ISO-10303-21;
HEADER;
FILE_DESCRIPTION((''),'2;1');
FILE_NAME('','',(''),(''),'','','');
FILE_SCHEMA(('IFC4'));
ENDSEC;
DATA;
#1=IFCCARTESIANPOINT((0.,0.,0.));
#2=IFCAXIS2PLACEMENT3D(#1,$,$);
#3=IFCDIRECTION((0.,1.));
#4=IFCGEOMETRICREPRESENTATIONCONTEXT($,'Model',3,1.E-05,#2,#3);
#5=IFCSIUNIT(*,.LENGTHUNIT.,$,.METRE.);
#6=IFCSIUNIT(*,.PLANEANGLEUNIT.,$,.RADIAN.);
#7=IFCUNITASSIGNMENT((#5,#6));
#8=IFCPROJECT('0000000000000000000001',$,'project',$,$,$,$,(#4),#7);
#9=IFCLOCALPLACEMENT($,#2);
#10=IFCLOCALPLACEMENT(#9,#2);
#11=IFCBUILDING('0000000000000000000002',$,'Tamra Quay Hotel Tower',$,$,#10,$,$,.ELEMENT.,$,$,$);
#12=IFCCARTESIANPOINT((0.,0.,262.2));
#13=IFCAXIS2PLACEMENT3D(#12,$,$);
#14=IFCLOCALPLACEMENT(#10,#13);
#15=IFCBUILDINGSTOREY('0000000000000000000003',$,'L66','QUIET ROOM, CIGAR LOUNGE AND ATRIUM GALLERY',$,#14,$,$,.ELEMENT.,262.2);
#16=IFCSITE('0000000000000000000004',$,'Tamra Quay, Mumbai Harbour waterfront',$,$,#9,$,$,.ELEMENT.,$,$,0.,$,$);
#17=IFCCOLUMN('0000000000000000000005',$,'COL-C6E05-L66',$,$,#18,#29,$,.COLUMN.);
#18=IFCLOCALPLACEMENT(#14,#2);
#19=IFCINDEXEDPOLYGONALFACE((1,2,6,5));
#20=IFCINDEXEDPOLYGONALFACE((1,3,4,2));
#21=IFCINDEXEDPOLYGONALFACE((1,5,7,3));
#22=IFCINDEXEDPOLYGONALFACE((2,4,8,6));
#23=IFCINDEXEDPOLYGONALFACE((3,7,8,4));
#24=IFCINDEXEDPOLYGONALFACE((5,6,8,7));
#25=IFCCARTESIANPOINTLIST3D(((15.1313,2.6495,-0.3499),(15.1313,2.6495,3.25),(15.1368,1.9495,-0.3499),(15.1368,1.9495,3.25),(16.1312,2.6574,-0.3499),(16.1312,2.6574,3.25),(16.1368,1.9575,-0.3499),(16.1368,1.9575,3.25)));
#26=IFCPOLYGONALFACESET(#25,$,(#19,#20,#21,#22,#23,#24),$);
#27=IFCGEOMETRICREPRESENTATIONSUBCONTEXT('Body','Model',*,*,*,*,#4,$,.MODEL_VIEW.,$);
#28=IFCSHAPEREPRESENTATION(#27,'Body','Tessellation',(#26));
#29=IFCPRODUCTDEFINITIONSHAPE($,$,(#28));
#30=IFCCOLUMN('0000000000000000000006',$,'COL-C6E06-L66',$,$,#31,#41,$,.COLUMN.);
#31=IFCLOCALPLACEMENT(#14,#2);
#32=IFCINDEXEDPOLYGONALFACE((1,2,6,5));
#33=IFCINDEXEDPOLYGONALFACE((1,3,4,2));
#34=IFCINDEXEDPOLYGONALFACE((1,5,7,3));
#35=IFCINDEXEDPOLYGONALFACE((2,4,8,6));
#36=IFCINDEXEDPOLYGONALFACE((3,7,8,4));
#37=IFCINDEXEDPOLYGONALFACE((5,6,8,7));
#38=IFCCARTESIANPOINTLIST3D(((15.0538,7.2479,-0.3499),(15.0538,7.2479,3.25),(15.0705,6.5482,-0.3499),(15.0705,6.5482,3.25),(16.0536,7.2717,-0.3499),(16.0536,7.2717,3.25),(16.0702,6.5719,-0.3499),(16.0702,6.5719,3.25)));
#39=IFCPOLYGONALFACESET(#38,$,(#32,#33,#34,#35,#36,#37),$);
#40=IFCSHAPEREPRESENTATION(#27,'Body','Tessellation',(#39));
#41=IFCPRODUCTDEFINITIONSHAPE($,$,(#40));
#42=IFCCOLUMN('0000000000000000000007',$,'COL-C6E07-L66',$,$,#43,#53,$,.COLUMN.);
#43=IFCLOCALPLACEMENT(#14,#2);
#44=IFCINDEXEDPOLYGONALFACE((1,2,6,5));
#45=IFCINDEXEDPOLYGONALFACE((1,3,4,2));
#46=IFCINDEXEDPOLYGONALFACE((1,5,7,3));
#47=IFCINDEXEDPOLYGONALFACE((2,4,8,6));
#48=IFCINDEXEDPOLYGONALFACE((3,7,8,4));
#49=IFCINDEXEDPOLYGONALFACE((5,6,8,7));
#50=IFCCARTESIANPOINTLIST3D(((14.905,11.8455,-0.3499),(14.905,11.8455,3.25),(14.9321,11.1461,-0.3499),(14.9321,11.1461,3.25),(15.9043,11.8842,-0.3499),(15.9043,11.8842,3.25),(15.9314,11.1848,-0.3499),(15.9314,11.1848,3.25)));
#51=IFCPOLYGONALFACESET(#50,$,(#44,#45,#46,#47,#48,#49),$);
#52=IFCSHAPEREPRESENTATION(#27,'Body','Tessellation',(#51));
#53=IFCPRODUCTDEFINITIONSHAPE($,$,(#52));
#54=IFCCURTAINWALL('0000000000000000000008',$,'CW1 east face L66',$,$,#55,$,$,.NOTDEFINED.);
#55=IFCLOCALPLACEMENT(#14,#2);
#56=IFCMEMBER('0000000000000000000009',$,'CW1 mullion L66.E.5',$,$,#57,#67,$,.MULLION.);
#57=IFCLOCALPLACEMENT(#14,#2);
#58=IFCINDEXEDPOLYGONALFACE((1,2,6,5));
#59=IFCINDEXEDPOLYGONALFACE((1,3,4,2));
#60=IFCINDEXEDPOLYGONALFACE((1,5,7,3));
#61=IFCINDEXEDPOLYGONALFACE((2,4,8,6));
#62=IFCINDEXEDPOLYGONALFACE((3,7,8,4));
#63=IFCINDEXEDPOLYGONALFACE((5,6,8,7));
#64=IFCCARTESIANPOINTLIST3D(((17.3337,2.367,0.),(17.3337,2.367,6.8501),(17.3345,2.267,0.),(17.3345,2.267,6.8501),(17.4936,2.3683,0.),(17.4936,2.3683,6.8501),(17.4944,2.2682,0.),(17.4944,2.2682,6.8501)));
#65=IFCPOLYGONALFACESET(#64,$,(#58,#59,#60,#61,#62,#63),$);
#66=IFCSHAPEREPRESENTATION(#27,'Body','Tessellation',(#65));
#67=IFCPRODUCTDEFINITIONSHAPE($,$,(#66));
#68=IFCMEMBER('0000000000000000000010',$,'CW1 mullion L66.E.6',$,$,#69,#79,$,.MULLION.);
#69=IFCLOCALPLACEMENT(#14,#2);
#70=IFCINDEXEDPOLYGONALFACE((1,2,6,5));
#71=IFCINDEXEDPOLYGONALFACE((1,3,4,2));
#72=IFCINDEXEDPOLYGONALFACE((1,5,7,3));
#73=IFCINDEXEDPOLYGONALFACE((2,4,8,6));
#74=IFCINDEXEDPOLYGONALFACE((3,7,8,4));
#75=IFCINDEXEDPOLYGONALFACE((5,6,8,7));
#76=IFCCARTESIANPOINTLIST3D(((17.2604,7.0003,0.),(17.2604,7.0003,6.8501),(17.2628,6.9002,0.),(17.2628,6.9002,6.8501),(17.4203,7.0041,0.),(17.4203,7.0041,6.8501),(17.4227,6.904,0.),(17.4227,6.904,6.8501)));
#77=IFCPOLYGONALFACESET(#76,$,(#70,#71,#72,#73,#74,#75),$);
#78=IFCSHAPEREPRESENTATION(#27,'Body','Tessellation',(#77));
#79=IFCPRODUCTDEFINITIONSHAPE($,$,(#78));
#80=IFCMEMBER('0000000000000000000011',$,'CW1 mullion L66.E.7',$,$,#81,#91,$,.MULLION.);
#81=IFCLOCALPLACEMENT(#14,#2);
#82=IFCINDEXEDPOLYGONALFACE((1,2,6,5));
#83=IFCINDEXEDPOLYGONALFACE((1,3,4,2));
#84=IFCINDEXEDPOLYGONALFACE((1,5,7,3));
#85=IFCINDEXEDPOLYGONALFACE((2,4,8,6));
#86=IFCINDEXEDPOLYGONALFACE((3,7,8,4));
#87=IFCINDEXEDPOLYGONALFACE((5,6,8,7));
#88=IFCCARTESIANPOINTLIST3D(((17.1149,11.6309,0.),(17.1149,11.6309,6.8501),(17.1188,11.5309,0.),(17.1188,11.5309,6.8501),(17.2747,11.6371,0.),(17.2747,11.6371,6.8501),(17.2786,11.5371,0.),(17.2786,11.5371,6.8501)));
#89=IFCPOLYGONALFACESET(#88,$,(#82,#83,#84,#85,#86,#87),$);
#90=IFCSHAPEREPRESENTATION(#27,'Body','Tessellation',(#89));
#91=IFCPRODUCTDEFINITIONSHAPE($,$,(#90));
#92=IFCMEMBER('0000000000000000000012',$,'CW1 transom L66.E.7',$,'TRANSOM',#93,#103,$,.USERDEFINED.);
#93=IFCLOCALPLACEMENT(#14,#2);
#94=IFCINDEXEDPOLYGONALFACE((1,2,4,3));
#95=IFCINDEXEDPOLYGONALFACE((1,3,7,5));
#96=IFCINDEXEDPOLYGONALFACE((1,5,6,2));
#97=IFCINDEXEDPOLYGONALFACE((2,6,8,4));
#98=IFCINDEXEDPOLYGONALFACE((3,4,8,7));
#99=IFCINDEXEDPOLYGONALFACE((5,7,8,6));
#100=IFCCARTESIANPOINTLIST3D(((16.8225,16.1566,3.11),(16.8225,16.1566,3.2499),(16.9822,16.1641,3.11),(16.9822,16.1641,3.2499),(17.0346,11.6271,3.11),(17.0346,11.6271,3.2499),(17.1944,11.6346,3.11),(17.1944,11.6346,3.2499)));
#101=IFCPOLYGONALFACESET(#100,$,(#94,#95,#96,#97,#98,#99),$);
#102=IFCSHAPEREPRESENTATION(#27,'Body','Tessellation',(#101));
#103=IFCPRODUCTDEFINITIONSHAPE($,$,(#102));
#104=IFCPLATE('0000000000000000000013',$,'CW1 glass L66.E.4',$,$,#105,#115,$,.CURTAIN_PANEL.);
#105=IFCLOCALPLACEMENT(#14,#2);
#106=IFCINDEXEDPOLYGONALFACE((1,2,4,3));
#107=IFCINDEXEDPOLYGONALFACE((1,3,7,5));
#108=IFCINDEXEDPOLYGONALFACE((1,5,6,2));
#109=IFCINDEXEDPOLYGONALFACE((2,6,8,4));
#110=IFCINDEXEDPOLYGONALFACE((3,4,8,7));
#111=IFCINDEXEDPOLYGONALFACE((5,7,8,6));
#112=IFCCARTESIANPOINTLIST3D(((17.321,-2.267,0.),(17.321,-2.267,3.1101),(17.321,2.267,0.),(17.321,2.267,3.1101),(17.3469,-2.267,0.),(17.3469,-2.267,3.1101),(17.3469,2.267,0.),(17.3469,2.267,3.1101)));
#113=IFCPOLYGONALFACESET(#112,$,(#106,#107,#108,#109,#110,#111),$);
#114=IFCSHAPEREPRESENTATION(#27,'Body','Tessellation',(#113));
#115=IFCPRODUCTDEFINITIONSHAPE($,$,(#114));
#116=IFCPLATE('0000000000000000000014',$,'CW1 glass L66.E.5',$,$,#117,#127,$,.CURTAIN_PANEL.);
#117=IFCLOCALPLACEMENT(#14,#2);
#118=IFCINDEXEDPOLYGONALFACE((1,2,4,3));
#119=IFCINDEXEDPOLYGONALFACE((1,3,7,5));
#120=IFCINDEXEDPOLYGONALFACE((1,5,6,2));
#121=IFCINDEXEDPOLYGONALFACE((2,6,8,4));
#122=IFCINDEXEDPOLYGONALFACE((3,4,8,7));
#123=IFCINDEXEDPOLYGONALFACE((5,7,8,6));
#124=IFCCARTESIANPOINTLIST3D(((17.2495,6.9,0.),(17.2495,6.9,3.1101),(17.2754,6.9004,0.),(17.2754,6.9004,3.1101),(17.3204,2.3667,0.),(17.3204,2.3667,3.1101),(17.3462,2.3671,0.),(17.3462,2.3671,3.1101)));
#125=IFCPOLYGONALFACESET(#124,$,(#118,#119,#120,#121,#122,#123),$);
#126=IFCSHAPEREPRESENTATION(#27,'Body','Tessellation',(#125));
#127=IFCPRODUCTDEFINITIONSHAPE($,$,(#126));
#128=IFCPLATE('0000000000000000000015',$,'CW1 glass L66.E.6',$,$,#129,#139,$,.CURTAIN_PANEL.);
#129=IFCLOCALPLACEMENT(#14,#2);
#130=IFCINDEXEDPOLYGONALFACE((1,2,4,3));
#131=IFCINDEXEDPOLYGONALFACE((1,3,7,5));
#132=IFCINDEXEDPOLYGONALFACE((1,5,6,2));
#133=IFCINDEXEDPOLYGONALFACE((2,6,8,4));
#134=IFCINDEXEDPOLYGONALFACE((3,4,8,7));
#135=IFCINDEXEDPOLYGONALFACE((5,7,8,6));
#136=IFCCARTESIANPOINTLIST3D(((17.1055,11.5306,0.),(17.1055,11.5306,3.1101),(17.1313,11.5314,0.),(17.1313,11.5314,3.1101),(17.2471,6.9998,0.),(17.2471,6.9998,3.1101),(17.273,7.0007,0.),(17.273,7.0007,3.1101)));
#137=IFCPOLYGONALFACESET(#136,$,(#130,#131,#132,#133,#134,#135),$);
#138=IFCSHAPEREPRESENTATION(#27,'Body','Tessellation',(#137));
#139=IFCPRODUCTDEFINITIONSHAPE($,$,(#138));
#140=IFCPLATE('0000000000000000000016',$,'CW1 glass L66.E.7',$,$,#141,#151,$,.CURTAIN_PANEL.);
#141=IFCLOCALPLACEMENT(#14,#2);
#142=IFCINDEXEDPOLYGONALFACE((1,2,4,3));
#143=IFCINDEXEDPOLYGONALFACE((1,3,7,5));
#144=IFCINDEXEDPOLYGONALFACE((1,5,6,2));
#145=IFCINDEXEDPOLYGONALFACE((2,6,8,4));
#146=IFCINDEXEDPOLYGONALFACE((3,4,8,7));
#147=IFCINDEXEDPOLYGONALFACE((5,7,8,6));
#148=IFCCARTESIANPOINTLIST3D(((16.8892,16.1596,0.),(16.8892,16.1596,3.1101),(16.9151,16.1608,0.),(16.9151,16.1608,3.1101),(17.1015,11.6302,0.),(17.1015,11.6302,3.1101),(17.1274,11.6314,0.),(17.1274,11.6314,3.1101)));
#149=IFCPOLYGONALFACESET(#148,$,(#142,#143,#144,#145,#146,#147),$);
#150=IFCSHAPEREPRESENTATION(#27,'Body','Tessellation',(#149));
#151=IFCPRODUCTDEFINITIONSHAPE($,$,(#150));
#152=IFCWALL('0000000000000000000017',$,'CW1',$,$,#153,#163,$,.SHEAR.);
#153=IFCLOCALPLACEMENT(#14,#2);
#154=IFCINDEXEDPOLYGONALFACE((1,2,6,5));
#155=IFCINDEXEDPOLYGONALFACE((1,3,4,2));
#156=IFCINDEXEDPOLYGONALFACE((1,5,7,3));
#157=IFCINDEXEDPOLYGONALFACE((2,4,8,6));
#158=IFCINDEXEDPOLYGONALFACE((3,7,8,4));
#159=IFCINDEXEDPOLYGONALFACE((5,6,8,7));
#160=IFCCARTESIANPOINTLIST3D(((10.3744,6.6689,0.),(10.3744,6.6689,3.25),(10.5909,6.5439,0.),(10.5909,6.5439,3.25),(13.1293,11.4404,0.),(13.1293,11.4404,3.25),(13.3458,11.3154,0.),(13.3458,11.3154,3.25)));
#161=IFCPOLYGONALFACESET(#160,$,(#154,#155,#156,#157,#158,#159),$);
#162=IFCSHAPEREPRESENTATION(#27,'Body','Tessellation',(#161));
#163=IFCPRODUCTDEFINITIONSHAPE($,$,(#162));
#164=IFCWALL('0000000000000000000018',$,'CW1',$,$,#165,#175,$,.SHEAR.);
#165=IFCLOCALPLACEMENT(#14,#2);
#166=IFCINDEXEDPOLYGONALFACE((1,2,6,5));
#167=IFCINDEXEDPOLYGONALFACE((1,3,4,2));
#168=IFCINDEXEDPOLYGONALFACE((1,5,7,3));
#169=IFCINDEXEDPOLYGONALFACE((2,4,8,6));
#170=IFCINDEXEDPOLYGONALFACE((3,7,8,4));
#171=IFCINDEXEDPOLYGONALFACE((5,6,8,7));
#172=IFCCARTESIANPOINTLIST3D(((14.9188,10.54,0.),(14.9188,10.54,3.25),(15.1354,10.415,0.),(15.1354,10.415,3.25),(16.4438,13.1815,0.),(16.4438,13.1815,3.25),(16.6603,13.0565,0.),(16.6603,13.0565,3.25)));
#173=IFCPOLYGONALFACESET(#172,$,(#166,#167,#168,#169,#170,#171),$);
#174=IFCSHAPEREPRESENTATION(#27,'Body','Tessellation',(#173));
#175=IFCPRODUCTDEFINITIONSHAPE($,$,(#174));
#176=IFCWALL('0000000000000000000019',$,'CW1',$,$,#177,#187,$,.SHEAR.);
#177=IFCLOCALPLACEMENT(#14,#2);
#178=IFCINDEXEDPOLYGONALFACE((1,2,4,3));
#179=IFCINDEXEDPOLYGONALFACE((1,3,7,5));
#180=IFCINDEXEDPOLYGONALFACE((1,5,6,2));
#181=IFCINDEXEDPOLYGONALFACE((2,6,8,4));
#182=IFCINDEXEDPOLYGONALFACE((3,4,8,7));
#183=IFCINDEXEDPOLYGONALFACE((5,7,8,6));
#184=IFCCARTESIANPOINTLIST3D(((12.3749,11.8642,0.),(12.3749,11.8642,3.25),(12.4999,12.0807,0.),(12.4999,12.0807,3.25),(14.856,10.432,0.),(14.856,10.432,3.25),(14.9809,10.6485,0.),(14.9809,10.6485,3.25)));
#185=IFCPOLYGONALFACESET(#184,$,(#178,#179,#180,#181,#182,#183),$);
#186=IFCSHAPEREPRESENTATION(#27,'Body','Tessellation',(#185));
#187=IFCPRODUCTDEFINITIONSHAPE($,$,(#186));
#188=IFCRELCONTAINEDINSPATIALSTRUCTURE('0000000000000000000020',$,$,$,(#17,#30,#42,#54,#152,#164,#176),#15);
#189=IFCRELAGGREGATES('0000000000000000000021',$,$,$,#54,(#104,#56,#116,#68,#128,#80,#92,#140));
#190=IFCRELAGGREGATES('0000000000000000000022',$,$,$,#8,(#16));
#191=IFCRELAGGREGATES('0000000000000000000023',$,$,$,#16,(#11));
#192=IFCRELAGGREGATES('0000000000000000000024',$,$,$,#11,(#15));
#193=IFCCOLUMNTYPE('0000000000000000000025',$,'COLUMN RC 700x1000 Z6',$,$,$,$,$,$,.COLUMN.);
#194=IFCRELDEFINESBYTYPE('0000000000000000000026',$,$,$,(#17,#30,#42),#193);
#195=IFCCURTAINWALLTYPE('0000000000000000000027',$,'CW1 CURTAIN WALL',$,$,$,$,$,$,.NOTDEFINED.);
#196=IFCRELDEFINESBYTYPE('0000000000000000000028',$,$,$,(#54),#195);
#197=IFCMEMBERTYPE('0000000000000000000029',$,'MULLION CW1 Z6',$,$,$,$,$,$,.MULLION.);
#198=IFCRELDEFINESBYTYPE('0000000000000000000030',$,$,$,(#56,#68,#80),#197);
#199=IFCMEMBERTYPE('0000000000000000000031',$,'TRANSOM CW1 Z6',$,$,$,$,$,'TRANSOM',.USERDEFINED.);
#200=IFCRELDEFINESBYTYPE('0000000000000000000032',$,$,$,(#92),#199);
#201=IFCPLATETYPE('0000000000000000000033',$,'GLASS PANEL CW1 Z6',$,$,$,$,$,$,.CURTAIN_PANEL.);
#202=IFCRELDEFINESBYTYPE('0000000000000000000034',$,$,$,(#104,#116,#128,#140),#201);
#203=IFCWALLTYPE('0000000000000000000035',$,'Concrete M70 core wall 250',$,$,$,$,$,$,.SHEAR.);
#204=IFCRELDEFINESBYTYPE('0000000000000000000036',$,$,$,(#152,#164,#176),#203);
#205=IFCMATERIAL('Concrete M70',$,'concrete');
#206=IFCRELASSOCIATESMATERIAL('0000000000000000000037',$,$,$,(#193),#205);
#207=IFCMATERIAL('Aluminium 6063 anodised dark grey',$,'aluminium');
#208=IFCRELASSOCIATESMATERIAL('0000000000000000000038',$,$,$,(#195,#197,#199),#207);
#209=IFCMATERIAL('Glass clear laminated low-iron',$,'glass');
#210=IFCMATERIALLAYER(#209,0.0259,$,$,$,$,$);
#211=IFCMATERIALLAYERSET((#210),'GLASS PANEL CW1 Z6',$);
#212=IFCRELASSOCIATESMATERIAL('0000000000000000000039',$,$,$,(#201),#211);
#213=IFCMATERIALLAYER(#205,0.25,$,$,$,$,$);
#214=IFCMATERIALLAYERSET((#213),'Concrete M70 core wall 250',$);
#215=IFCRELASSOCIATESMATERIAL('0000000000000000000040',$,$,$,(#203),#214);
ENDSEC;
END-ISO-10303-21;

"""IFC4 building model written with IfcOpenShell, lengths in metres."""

from ifc_helpers import new_model, si_unit, direction, frame, frame_2d, origin, origin_2d, place, context, subcontext, project, spatial, rectangle, extrude, material, layer, layer_set, material_profile, profile_set, type_object, element, aggregate, save


model = new_model("IFC4")

# Units and contexts
model_context = context("Model", 3, precision=1e-05, world=origin(), true_north=direction((0.0, 1.0)))
body_context = subcontext(model_context, "Body", "Model", "MODEL_VIEW")
ifc_project = project(units=[si_unit("LENGTHUNIT", "METRE"), si_unit("PLANEANGLEUNIT", "RADIAN")], contexts=[model_context])

# Site, building, storey
site_placement = place(None, origin())
site = spatial("IfcSite", under=ifc_project, at=site_placement, Name="Tamra Quay, Mumbai Harbour waterfront", CompositionType="ELEMENT", RefElevation=0.0)
building_placement = place(site_placement, origin())
building = spatial("IfcBuilding", under=site, at=building_placement, Name="Tamra Quay Hotel Tower", CompositionType="ELEMENT")
storey_placement = place(building_placement, frame((0.0, 0.0, 262.2)))
storey = spatial("IfcBuildingStorey", under=building, at=storey_placement, Name="L66", Description="QUIET ROOM, CIGAR LOUNGE AND ATRIUM GALLERY", CompositionType="ELEMENT", Elevation=262.2)

# Columns
ifc_material_1 = material(Name="Concrete M70", Category="concrete")
ifc_material_profile_1 = material_profile(ifc_material_1, rectangle(XDim=1.0, YDim=0.7, at=origin_2d()), Name="COLUMN RC 700x1000 Z6")
ifc_profile_set_1 = profile_set([ifc_material_profile_1], Name="Concrete M70")
column_type = type_object("IfcColumnType", Name="COLUMN RC 700x1000 Z6", PredefinedType="COLUMN", material=ifc_profile_set_1)
for number, where, z_axis, x_axis, name in (
    (1, (15.634, 2.3035, -0.3499), (0.0, 0.0, 1.0), (0.999969, 0.00792, 0.0), "COL-C6E05-L66"),
    (2, (15.562, 6.9099, -0.3499), (0.0, 0.0, 1.0), (0.999718, 0.023753, 0.0), "COL-C6E06-L66"),
    (3, (15.4182, 11.5151, -0.3499), (0.0, 0.0, 1.0), (0.999251, 0.038691, 0.0), "COL-C6E07-L66"),
):
    element("IfcColumn", number, at=place(storey_placement, frame(where, z_axis=z_axis, x_axis=x_axis)), inside=storey, type_object=column_type, Name=name, PredefinedType="COLUMN", context=body_context, shape_type="SweptSolid", body=[
        extrude(rectangle(XDim=1.0, YDim=0.7, at=origin_2d()), origin(), (0.0, 0.0, 1.0), 3.5999),
    ])

# Curtain wall, members, plates
ifc_material_2 = material(Name="Aluminium 6063 anodised dark grey", Category="aluminium")
curtain_wall_type = type_object("IfcCurtainWallType", Name="CW1 CURTAIN WALL", PredefinedType="NOTDEFINED", material=ifc_material_2)
curtain_wall_placement = place(storey_placement, origin())
curtain_wall = element("IfcCurtainWall", 4, at=curtain_wall_placement, inside=storey, type_object=curtain_wall_type, Name="CW1 east face L66", PredefinedType="NOTDEFINED")
ifc_material_profile_2 = material_profile(ifc_material_2, rectangle(XDim=0.1599, YDim=0.1001, at=origin_2d()), Name="MULLION 100X160")
ifc_profile_set_2 = profile_set([ifc_material_profile_2], Name="Aluminium 6063 anodised dark grey")
member_type_1 = type_object("IfcMemberType", Name="MULLION CW1 Z6", PredefinedType="MULLION", material=ifc_profile_set_2)
member_1_placement = place(storey_placement, frame((17.4141, 2.3176, 0.0), z_axis=(0.0, 0.0, 1.0), x_axis=(0.999969, 0.007816, 0.0)))
member_1 = element("IfcMember", 5, at=member_1_placement, type_object=member_type_1, Name="CW1 mullion L66.E.5", PredefinedType="MULLION", context=body_context, shape_type="SweptSolid", body=[
    extrude(rectangle(XDim=0.1599, YDim=0.1001, at=origin_2d()), origin(), (0.0, 0.0, 1.0), 6.8501),
])
member_2_placement = place(storey_placement, frame((17.3416, 6.9521, 0.0), z_axis=(0.0, 0.0, 1.0), x_axis=(0.999725, 0.023438, 0.0)))
member_2 = element("IfcMember", 6, at=member_2_placement, type_object=member_type_1, Name="CW1 mullion L66.E.6", PredefinedType="MULLION", context=body_context, shape_type="SweptSolid", body=[
    extrude(rectangle(XDim=0.1599, YDim=0.1001, at=origin_2d()), origin(), (0.0, 0.0, 1.0), 6.8501),
])
member_3_placement = place(storey_placement, frame((17.1968, 11.584, 0.0), z_axis=(0.0, 0.0, 1.0), x_axis=(0.999238, 0.039033, 0.0)))
member_3 = element("IfcMember", 7, at=member_3_placement, type_object=member_type_1, Name="CW1 mullion L66.E.7", PredefinedType="MULLION", context=body_context, shape_type="SweptSolid", body=[
    extrude(rectangle(XDim=0.1599, YDim=0.1001, at=origin_2d()), origin(), (0.0, 0.0, 1.0), 6.8501),
])
ifc_material_profile_3 = material_profile(ifc_material_2, rectangle(XDim=0.1599, YDim=0.1399, at=origin_2d()), Name="TRANSOM 160X140")
ifc_profile_set_3 = profile_set([ifc_material_profile_3], Name="Aluminium 6063 anodised dark grey")
member_type_2 = type_object("IfcMemberType", Name="TRANSOM CW1 Z6", ElementType="TRANSOM", PredefinedType="USERDEFINED", material=ifc_profile_set_3)
member_4_placement = place(storey_placement, frame((17.1145, 11.6309, 3.1799), z_axis=(-0.046787, 0.998905, 0.0), x_axis=(-0.998905, -0.046787, 0.0)))
member_4 = element("IfcMember", 8, at=member_4_placement, type_object=member_type_2, Name="CW1 transom L66.E.7", ObjectType="TRANSOM", PredefinedType="USERDEFINED", context=body_context, shape_type="SweptSolid", body=[
    extrude(rectangle(XDim=0.1599, YDim=0.1399, at=origin_2d()), origin(), (0.0, 0.0, 1.0), 4.5344),
])
ifc_material_3 = material(Name="Glass clear laminated low-iron", Category="glass")
ifc_layer_1 = layer(ifc_material_3, 0.0259)
ifc_layer_set_1 = layer_set([ifc_layer_1], Name="GLASS PANEL CW1 Z6")
plate_type = type_object("IfcPlateType", Name="GLASS PANEL CW1 Z6", PredefinedType="CURTAIN_PANEL", material=ifc_layer_set_1)
plate_1_placement = place(storey_placement, frame((17.334, 0.0, 0.0), z_axis=(0.0, 0.0, 1.0), x_axis=(0.0, 1.0, 0.0)))
plate_1 = element("IfcPlate", 9, at=plate_1_placement, type_object=plate_type, Name="CW1 glass L66.E.4", PredefinedType="CURTAIN_PANEL", context=body_context, shape_type="SweptSolid", body=[
    extrude(rectangle(XDim=4.5339, YDim=0.0259, at=origin_2d()), origin(), (0.0, 0.0, 1.0), 3.1101),
])
plate_2_placement = place(storey_placement, frame((17.2979, 4.6335, 0.0), z_axis=(0.0, 0.0, 1.0), x_axis=(-0.015632, 0.999878, 0.0)))
plate_2 = element("IfcPlate", 10, at=plate_2_placement, type_object=plate_type, Name="CW1 glass L66.E.5", PredefinedType="CURTAIN_PANEL", context=body_context, shape_type="SweptSolid", body=[
    extrude(rectangle(XDim=4.5339, YDim=0.0259, at=origin_2d()), origin(), (0.0, 0.0, 1.0), 3.1101),
])
plate_3_placement = place(storey_placement, frame((17.1892, 9.2656, 0.0), z_axis=(0.0, 0.0, 1.0), x_axis=(-0.031242, 0.999512, 0.0)))
plate_3 = element("IfcPlate", 11, at=plate_3_placement, type_object=plate_type, Name="CW1 glass L66.E.6", PredefinedType="CURTAIN_PANEL", context=body_context, shape_type="SweptSolid", body=[
    extrude(rectangle(XDim=4.533, YDim=0.0259, at=origin_2d()), origin(), (0.0, 0.0, 1.0), 3.1101),
])
plate_4_placement = place(storey_placement, frame((17.0083, 13.8955, 0.0), z_axis=(0.0, 0.0, 1.0), x_axis=(-0.046821, 0.998903, 0.0)))
plate_4 = element("IfcPlate", 12, at=plate_4_placement, type_object=plate_type, Name="CW1 glass L66.E.7", PredefinedType="CURTAIN_PANEL", context=body_context, shape_type="SweptSolid", body=[
    extrude(rectangle(XDim=4.5344, YDim=0.0259, at=origin_2d()), origin(), (0.0, 0.0, 1.0), 3.1101),
])
aggregate(curtain_wall, [plate_1, member_1, plate_2, member_2, plate_3, member_3, member_4, plate_4])

# Walls
ifc_layer_2 = layer(ifc_material_1, 0.25)
ifc_layer_set_2 = layer_set([ifc_layer_2], Name="Concrete M70 core wall 250")
wall_type = type_object("IfcWallType", Name="Concrete M70 core wall 250", PredefinedType="SHEAR", material=ifc_layer_set_2)
wall_1_placement = place(storey_placement, frame((13.2375, 11.3779, 0.0), z_axis=(0.0, 0.0, 1.0), x_axis=(-0.500009, -0.86602, 0.0)))
element("IfcWall", 13, at=wall_1_placement, inside=storey, type_object=wall_type, Name="CW1", PredefinedType="SHEAR", context=body_context, shape_type="SweptSolid", body=[
    extrude(rectangle(XDim=5.5098, YDim=0.25, at=frame_2d((2.7549, 0.0))), origin(), (0.0, 0.0, 1.0), 3.25),
])
wall_2_placement = place(storey_placement, frame((16.552, 13.1189, 0.0), z_axis=(0.0, 0.0, 1.0), x_axis=(-0.499979, -0.866038, 0.0)))
element("IfcWall", 14, at=wall_2_placement, inside=storey, type_object=wall_type, Name="CW1", PredefinedType="SHEAR", context=body_context, shape_type="SweptSolid", body=[
    extrude(rectangle(XDim=3.05, YDim=0.25, at=frame_2d((1.5249, 0.0))), origin(), (0.0, 0.0, 1.0), 3.25),
])
wall_3_placement = place(storey_placement, frame((14.9185, 10.5403, 0.0), z_axis=(0.0, 0.0, 1.0), x_axis=(-0.866064, 0.499934, 0.0)))
element("IfcWall", 15, at=wall_3_placement, inside=storey, type_object=wall_type, Name="CW1", PredefinedType="SHEAR", context=body_context, shape_type="SweptSolid", body=[
    extrude(rectangle(XDim=2.8647, YDim=0.25, at=frame_2d((1.4324, 0.0))), origin(), (0.0, 0.0, 1.0), 3.25),
])

save(model, "model.ifc")
